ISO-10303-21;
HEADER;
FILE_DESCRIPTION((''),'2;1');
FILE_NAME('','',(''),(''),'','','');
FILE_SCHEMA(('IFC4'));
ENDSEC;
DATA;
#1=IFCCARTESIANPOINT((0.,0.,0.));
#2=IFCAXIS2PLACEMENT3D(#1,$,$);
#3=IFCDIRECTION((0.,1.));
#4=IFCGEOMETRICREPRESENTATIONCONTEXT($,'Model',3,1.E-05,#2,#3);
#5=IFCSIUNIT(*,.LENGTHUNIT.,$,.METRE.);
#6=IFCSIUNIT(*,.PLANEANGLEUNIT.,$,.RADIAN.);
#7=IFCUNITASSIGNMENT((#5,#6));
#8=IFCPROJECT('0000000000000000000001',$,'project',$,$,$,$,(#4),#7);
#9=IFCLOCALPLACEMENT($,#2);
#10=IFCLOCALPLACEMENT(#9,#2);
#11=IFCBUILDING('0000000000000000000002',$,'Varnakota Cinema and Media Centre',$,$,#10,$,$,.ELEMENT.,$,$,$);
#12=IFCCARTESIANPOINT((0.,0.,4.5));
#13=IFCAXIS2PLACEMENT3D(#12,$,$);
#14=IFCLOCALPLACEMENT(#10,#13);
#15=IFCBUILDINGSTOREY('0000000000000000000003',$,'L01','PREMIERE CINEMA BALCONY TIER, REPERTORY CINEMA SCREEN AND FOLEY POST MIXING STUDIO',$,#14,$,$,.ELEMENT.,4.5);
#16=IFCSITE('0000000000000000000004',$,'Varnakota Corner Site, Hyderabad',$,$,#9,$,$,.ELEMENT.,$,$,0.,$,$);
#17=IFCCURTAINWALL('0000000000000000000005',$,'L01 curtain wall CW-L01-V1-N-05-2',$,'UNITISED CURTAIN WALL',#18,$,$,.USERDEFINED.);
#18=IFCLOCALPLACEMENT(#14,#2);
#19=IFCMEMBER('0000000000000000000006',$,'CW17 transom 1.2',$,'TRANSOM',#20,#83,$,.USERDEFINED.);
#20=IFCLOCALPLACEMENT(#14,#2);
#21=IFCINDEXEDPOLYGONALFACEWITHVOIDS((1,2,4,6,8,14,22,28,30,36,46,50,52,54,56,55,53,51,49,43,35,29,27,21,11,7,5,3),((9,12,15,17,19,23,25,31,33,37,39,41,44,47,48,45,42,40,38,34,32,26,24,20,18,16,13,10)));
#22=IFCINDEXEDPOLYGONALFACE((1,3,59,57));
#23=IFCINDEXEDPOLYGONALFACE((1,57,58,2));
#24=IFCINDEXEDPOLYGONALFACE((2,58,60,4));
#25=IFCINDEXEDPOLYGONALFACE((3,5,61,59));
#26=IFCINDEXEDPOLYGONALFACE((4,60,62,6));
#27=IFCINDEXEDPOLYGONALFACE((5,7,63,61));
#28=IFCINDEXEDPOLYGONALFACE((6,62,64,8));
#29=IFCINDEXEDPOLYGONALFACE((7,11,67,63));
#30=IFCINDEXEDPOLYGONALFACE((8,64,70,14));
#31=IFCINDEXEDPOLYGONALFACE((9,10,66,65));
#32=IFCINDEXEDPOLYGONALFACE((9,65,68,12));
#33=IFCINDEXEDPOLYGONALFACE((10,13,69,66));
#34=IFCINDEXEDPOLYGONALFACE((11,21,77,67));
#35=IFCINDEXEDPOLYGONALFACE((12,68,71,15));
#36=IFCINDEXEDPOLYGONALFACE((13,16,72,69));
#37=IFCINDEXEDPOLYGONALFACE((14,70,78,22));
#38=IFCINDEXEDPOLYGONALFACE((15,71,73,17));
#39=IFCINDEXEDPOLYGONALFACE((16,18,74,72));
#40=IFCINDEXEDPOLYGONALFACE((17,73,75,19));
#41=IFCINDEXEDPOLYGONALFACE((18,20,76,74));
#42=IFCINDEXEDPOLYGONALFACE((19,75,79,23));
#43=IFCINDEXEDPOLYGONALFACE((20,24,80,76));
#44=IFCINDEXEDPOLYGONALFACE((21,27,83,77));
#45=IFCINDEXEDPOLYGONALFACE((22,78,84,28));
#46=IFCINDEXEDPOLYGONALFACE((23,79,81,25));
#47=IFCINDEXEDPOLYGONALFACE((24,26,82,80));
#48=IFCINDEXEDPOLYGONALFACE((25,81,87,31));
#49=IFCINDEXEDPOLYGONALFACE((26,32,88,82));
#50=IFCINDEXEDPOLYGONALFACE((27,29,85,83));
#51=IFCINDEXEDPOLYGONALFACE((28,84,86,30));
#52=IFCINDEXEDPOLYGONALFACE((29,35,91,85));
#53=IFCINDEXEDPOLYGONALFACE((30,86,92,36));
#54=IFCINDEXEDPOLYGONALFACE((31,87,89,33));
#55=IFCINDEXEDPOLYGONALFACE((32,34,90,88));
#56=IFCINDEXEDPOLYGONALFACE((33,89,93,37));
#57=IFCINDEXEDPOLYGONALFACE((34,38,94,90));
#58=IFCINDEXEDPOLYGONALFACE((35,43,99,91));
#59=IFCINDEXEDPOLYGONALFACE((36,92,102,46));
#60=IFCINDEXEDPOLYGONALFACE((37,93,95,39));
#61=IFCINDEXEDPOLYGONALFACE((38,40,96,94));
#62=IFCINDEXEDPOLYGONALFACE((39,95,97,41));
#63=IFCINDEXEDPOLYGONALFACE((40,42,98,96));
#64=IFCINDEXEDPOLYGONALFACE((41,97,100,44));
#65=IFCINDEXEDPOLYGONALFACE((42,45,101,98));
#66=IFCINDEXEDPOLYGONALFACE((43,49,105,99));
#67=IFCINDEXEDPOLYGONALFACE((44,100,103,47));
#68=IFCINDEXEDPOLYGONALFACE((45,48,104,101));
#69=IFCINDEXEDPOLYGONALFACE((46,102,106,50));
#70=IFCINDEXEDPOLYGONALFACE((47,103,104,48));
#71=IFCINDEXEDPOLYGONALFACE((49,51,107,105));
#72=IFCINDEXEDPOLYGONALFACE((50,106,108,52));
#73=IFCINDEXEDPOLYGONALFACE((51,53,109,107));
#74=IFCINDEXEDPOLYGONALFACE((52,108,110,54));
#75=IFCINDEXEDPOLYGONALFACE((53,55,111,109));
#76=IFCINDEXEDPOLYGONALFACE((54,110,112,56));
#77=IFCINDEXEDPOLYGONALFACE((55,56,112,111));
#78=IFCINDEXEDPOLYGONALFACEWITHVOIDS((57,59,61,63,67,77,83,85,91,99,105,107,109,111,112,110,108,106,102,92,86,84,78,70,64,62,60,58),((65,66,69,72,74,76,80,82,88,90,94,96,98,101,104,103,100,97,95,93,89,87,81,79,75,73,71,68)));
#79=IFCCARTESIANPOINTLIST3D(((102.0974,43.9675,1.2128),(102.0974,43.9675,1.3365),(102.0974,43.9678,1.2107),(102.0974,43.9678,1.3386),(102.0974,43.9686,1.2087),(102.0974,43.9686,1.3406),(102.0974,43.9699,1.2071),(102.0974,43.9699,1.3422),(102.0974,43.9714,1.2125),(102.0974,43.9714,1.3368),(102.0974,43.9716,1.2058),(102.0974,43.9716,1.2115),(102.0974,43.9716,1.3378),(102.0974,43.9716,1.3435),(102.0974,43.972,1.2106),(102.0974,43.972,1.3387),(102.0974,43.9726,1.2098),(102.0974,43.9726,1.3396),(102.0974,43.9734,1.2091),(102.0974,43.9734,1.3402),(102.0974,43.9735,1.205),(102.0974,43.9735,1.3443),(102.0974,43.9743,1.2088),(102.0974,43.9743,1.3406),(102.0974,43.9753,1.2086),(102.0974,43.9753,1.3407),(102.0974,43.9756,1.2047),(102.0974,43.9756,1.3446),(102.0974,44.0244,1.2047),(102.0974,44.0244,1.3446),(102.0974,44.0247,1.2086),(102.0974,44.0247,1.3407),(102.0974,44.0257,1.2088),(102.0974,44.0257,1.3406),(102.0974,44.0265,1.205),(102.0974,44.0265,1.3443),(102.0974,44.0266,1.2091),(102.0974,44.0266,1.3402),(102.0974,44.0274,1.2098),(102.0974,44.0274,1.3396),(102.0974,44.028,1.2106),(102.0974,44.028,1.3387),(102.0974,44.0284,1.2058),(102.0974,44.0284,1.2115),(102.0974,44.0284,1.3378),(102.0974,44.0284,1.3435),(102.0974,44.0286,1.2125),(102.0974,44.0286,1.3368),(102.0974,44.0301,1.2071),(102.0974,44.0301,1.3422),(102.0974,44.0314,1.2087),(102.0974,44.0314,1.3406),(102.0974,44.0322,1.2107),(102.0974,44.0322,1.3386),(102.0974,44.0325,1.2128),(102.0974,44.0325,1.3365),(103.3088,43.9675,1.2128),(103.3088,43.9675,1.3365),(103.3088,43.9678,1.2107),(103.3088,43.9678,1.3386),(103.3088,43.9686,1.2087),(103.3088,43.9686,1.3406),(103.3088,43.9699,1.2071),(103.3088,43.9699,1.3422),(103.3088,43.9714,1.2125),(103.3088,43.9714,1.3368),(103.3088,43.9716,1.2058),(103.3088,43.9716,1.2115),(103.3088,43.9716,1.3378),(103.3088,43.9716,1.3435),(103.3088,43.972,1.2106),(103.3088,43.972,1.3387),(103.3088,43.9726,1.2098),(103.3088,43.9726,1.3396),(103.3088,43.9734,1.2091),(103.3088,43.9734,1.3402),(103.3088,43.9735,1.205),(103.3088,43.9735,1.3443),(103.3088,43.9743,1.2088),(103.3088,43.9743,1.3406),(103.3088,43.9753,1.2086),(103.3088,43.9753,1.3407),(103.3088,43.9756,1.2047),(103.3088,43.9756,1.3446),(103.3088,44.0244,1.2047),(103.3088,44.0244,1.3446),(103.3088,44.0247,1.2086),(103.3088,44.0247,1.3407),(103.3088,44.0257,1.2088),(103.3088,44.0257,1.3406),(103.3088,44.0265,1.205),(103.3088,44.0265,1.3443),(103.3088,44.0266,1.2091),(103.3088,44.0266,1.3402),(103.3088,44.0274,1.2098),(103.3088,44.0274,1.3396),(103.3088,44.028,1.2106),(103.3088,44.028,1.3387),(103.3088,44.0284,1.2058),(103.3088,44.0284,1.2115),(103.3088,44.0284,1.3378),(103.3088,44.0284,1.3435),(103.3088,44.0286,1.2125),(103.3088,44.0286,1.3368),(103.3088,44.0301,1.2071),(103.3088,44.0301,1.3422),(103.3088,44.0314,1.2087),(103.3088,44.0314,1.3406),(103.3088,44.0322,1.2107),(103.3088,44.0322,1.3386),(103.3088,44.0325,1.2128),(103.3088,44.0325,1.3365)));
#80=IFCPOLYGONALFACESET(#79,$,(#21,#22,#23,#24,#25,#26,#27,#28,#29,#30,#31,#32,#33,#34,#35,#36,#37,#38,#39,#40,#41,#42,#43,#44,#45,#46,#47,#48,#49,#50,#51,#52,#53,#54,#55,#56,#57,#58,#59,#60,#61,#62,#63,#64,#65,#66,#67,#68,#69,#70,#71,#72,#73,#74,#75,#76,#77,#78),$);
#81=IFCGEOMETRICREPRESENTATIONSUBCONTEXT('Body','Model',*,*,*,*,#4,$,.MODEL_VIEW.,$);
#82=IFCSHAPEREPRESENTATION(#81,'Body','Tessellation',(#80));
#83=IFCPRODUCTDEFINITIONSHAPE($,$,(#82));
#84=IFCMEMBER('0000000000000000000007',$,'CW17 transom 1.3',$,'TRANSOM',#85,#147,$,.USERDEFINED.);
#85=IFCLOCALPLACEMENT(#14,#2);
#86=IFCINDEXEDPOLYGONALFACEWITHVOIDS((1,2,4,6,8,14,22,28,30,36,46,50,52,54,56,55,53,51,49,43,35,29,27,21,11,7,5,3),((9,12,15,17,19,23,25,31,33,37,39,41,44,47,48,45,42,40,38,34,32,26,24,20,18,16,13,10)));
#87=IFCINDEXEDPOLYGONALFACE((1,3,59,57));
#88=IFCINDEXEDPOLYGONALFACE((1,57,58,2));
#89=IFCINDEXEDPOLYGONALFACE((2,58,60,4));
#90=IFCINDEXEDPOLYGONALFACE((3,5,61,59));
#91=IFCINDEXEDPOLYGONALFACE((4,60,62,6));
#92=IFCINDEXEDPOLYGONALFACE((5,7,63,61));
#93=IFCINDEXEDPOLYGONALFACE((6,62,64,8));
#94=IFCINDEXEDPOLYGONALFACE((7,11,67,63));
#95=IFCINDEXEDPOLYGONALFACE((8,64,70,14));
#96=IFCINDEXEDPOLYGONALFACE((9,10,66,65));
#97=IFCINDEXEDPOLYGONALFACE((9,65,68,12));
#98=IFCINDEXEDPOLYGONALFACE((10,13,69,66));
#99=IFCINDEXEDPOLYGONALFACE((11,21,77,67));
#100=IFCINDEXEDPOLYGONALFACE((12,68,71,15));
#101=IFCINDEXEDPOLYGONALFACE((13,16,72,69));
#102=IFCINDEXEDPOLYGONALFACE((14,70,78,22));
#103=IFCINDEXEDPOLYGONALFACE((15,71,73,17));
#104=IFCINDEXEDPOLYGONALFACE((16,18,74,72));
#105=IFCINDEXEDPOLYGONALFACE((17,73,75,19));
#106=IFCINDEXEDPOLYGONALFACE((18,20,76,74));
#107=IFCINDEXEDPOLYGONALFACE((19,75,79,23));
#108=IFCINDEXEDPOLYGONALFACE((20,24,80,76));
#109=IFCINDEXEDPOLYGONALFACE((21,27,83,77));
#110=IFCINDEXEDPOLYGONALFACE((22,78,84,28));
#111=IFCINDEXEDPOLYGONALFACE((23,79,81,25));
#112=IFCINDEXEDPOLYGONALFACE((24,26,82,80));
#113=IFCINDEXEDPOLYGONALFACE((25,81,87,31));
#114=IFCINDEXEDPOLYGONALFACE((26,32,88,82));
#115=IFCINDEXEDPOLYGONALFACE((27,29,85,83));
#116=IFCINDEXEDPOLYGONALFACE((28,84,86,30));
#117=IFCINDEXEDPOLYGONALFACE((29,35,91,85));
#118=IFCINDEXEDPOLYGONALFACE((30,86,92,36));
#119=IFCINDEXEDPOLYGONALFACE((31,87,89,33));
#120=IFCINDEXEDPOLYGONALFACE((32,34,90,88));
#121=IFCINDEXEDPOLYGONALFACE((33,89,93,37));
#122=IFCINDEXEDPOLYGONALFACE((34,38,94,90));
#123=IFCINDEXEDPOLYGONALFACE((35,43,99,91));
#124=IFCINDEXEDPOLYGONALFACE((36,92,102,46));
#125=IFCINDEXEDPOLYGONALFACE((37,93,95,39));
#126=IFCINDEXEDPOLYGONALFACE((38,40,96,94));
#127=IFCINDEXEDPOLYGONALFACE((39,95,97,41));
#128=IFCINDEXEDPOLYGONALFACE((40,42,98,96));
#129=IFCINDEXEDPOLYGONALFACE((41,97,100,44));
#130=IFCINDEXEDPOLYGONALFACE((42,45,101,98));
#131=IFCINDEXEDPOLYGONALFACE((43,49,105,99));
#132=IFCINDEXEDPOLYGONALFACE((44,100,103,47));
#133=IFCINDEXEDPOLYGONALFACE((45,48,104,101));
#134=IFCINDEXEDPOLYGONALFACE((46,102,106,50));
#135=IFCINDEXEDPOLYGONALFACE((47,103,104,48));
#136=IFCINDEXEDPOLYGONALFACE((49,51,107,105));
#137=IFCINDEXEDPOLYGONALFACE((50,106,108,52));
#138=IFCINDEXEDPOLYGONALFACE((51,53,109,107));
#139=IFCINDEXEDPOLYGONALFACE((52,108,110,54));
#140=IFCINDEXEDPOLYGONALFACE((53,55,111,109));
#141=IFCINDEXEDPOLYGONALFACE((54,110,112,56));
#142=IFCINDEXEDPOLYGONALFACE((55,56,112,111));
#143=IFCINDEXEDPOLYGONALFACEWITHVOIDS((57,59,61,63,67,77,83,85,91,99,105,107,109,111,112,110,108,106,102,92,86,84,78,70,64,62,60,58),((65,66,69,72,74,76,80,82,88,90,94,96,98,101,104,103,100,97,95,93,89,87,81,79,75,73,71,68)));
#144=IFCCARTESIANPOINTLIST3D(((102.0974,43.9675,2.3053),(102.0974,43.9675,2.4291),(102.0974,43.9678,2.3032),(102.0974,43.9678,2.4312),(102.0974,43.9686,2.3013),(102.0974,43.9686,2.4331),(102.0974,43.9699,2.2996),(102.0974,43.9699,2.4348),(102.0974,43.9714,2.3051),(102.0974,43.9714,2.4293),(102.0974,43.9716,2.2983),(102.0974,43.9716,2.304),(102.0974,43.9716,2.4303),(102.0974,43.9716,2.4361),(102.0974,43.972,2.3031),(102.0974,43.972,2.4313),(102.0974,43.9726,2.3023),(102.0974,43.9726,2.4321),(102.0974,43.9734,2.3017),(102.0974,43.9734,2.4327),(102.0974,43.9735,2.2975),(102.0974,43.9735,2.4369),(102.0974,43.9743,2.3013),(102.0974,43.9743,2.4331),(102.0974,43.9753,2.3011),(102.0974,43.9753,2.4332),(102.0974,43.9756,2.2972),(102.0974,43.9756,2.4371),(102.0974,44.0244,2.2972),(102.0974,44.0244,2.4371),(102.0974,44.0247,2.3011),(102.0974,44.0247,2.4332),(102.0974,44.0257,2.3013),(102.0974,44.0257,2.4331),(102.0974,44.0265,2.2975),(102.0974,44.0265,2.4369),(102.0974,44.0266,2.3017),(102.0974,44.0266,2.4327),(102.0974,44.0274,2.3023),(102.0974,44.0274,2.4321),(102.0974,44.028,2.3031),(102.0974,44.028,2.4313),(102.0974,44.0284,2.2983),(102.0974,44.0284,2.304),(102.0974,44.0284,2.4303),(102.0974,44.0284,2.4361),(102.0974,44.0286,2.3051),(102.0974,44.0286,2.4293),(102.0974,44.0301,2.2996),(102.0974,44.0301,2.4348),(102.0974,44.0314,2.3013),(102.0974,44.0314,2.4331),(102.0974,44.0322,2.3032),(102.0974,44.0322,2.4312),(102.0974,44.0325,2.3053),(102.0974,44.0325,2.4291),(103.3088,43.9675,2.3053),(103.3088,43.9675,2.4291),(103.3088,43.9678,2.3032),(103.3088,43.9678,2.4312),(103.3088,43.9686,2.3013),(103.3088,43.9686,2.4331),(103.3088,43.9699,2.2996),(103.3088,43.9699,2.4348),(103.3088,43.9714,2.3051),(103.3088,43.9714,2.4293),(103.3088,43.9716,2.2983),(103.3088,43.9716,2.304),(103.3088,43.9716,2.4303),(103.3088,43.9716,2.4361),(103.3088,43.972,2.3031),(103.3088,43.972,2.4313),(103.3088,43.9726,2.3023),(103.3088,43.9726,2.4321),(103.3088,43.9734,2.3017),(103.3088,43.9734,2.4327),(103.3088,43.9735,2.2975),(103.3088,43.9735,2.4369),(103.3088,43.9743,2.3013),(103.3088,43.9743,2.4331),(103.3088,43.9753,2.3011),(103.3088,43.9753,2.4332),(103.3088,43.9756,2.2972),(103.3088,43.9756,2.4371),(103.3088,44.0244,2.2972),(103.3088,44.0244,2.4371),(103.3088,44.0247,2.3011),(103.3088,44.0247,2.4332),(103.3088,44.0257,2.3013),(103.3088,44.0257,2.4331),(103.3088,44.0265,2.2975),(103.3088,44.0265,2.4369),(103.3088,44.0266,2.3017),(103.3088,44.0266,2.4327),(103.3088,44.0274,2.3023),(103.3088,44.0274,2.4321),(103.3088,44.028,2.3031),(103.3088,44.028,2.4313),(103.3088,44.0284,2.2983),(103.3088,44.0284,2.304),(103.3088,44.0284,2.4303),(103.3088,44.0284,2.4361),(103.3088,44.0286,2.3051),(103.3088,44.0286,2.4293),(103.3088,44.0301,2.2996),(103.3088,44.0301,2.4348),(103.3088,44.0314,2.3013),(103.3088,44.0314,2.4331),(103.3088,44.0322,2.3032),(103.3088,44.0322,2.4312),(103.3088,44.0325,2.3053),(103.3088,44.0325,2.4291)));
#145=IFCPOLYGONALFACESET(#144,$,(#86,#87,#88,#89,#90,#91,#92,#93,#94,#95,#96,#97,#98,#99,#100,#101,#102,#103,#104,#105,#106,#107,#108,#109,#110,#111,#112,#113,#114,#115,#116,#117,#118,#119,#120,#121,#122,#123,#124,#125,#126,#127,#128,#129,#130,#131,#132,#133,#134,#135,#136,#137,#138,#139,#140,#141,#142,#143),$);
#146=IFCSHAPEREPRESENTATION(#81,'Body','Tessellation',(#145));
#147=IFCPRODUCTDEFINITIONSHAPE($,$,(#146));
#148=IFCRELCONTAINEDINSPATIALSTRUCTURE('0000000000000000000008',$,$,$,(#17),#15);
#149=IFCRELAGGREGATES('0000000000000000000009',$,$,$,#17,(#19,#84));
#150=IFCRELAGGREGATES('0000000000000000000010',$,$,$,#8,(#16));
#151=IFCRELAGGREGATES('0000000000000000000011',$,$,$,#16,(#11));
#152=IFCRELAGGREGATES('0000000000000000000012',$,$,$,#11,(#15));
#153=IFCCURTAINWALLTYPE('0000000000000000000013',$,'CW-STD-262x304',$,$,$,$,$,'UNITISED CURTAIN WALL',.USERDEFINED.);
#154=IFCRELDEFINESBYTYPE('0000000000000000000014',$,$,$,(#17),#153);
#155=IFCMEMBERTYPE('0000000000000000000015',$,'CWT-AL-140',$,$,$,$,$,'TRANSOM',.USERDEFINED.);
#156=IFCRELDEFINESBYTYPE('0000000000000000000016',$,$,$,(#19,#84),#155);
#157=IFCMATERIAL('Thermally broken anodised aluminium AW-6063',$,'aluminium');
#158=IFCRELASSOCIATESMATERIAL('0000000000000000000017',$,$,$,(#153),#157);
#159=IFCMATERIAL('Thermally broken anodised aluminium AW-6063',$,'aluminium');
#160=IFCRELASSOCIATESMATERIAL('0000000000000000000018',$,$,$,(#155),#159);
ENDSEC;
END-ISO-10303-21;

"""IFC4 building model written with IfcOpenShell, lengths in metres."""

from ifc_helpers import new_model, si_unit, direction, frame, origin, origin_2d, place, context, subcontext, project, spatial, hollow_rectangle, extrude, material, material_profile, profile_set, type_object, element, aggregate, save


model = new_model("IFC4")

# Units and contexts
model_context = context("Model", 3, precision=1e-05, world=origin(), true_north=direction((0.0, 1.0)))
body_context = subcontext(model_context, "Body", "Model", "MODEL_VIEW")
ifc_project = project(units=[si_unit("LENGTHUNIT", "METRE"), si_unit("PLANEANGLEUNIT", "RADIAN")], contexts=[model_context])

# Site, building, storey
site_placement = place(None, origin())
site = spatial("IfcSite", under=ifc_project, at=site_placement, Name="Varnakota Corner Site, Hyderabad", CompositionType="ELEMENT", RefElevation=0.0)
building_placement = place(site_placement, origin())
building = spatial("IfcBuilding", under=site, at=building_placement, Name="Varnakota Cinema and Media Centre", CompositionType="ELEMENT")
storey_placement = place(building_placement, frame((0.0, 0.0, 4.5)))
storey = spatial("IfcBuildingStorey", under=building, at=storey_placement, Name="L01", Description="PREMIERE CINEMA BALCONY TIER, REPERTORY CINEMA SCREEN AND FOLEY POST MIXING STUDIO", CompositionType="ELEMENT", Elevation=4.5)

# Curtain wall
ifc_material_1 = material(Name="Thermally broken anodised aluminium AW-6063", Category="aluminium")
curtain_wall_type = type_object("IfcCurtainWallType", Name="CW-STD-262x304", ElementType="UNITISED CURTAIN WALL", PredefinedType="USERDEFINED", material=ifc_material_1)
curtain_wall_1_placement = place(storey_placement, origin())
curtain_wall_1 = element("IfcCurtainWall", 1, at=curtain_wall_1_placement, inside=storey, type_object=curtain_wall_type, Name="L01 curtain wall CW-L01-V1-N-05-2", ObjectType="UNITISED CURTAIN WALL", PredefinedType="USERDEFINED")

# Members
ifc_material_2 = material(Name="Thermally broken anodised aluminium AW-6063", Category="aluminium")
ifc_material_profile_1 = material_profile(ifc_material_2, hollow_rectangle(XDim=0.0649, YDim=0.1399, WallThickness=0.0039, InnerFilletRadius=0.0039, OuterFilletRadius=0.0081, at=origin_2d()), Name="AL-TRANSOM 140x65x4")
ifc_profile_set_1 = profile_set([ifc_material_profile_1], Name="Thermally broken anodised aluminium AW-6063")
member_type_1 = type_object("IfcMemberType", Name="CWT-AL-140", ElementType="TRANSOM", PredefinedType="USERDEFINED", material=ifc_profile_set_1)
member_1_placement = place(storey_placement, frame((102.0974, 44.0, 1.2747), z_axis=(1.0, 0.0, 0.0), x_axis=(0.0, 1.0, 0.0)))
member_1 = element("IfcMember", 2, at=member_1_placement, type_object=member_type_1, Name="CW17 transom 1.2", ObjectType="TRANSOM", PredefinedType="USERDEFINED", context=body_context, shape_type="SweptSolid", body=[
    extrude(hollow_rectangle(XDim=0.0649, YDim=0.1399, WallThickness=0.0039, InnerFilletRadius=0.0039, OuterFilletRadius=0.0081, at=origin_2d()), origin(), (0.0, 0.0, 1.0), 1.2114),
])
member_2_placement = place(storey_placement, frame((102.0974, 44.0, 2.3672), z_axis=(1.0, 0.0, 0.0), x_axis=(0.0, 1.0, 0.0)))
member_2 = element("IfcMember", 3, at=member_2_placement, type_object=member_type_1, Name="CW17 transom 1.3", ObjectType="TRANSOM", PredefinedType="USERDEFINED", context=body_context, shape_type="SweptSolid", body=[
    extrude(hollow_rectangle(XDim=0.0649, YDim=0.1399, WallThickness=0.0039, InnerFilletRadius=0.0039, OuterFilletRadius=0.0081, at=origin_2d()), origin(), (0.0, 0.0, 1.0), 1.2114),
])

aggregate(curtain_wall_1, [member_1, member_2])

save(model, "model.ifc")
